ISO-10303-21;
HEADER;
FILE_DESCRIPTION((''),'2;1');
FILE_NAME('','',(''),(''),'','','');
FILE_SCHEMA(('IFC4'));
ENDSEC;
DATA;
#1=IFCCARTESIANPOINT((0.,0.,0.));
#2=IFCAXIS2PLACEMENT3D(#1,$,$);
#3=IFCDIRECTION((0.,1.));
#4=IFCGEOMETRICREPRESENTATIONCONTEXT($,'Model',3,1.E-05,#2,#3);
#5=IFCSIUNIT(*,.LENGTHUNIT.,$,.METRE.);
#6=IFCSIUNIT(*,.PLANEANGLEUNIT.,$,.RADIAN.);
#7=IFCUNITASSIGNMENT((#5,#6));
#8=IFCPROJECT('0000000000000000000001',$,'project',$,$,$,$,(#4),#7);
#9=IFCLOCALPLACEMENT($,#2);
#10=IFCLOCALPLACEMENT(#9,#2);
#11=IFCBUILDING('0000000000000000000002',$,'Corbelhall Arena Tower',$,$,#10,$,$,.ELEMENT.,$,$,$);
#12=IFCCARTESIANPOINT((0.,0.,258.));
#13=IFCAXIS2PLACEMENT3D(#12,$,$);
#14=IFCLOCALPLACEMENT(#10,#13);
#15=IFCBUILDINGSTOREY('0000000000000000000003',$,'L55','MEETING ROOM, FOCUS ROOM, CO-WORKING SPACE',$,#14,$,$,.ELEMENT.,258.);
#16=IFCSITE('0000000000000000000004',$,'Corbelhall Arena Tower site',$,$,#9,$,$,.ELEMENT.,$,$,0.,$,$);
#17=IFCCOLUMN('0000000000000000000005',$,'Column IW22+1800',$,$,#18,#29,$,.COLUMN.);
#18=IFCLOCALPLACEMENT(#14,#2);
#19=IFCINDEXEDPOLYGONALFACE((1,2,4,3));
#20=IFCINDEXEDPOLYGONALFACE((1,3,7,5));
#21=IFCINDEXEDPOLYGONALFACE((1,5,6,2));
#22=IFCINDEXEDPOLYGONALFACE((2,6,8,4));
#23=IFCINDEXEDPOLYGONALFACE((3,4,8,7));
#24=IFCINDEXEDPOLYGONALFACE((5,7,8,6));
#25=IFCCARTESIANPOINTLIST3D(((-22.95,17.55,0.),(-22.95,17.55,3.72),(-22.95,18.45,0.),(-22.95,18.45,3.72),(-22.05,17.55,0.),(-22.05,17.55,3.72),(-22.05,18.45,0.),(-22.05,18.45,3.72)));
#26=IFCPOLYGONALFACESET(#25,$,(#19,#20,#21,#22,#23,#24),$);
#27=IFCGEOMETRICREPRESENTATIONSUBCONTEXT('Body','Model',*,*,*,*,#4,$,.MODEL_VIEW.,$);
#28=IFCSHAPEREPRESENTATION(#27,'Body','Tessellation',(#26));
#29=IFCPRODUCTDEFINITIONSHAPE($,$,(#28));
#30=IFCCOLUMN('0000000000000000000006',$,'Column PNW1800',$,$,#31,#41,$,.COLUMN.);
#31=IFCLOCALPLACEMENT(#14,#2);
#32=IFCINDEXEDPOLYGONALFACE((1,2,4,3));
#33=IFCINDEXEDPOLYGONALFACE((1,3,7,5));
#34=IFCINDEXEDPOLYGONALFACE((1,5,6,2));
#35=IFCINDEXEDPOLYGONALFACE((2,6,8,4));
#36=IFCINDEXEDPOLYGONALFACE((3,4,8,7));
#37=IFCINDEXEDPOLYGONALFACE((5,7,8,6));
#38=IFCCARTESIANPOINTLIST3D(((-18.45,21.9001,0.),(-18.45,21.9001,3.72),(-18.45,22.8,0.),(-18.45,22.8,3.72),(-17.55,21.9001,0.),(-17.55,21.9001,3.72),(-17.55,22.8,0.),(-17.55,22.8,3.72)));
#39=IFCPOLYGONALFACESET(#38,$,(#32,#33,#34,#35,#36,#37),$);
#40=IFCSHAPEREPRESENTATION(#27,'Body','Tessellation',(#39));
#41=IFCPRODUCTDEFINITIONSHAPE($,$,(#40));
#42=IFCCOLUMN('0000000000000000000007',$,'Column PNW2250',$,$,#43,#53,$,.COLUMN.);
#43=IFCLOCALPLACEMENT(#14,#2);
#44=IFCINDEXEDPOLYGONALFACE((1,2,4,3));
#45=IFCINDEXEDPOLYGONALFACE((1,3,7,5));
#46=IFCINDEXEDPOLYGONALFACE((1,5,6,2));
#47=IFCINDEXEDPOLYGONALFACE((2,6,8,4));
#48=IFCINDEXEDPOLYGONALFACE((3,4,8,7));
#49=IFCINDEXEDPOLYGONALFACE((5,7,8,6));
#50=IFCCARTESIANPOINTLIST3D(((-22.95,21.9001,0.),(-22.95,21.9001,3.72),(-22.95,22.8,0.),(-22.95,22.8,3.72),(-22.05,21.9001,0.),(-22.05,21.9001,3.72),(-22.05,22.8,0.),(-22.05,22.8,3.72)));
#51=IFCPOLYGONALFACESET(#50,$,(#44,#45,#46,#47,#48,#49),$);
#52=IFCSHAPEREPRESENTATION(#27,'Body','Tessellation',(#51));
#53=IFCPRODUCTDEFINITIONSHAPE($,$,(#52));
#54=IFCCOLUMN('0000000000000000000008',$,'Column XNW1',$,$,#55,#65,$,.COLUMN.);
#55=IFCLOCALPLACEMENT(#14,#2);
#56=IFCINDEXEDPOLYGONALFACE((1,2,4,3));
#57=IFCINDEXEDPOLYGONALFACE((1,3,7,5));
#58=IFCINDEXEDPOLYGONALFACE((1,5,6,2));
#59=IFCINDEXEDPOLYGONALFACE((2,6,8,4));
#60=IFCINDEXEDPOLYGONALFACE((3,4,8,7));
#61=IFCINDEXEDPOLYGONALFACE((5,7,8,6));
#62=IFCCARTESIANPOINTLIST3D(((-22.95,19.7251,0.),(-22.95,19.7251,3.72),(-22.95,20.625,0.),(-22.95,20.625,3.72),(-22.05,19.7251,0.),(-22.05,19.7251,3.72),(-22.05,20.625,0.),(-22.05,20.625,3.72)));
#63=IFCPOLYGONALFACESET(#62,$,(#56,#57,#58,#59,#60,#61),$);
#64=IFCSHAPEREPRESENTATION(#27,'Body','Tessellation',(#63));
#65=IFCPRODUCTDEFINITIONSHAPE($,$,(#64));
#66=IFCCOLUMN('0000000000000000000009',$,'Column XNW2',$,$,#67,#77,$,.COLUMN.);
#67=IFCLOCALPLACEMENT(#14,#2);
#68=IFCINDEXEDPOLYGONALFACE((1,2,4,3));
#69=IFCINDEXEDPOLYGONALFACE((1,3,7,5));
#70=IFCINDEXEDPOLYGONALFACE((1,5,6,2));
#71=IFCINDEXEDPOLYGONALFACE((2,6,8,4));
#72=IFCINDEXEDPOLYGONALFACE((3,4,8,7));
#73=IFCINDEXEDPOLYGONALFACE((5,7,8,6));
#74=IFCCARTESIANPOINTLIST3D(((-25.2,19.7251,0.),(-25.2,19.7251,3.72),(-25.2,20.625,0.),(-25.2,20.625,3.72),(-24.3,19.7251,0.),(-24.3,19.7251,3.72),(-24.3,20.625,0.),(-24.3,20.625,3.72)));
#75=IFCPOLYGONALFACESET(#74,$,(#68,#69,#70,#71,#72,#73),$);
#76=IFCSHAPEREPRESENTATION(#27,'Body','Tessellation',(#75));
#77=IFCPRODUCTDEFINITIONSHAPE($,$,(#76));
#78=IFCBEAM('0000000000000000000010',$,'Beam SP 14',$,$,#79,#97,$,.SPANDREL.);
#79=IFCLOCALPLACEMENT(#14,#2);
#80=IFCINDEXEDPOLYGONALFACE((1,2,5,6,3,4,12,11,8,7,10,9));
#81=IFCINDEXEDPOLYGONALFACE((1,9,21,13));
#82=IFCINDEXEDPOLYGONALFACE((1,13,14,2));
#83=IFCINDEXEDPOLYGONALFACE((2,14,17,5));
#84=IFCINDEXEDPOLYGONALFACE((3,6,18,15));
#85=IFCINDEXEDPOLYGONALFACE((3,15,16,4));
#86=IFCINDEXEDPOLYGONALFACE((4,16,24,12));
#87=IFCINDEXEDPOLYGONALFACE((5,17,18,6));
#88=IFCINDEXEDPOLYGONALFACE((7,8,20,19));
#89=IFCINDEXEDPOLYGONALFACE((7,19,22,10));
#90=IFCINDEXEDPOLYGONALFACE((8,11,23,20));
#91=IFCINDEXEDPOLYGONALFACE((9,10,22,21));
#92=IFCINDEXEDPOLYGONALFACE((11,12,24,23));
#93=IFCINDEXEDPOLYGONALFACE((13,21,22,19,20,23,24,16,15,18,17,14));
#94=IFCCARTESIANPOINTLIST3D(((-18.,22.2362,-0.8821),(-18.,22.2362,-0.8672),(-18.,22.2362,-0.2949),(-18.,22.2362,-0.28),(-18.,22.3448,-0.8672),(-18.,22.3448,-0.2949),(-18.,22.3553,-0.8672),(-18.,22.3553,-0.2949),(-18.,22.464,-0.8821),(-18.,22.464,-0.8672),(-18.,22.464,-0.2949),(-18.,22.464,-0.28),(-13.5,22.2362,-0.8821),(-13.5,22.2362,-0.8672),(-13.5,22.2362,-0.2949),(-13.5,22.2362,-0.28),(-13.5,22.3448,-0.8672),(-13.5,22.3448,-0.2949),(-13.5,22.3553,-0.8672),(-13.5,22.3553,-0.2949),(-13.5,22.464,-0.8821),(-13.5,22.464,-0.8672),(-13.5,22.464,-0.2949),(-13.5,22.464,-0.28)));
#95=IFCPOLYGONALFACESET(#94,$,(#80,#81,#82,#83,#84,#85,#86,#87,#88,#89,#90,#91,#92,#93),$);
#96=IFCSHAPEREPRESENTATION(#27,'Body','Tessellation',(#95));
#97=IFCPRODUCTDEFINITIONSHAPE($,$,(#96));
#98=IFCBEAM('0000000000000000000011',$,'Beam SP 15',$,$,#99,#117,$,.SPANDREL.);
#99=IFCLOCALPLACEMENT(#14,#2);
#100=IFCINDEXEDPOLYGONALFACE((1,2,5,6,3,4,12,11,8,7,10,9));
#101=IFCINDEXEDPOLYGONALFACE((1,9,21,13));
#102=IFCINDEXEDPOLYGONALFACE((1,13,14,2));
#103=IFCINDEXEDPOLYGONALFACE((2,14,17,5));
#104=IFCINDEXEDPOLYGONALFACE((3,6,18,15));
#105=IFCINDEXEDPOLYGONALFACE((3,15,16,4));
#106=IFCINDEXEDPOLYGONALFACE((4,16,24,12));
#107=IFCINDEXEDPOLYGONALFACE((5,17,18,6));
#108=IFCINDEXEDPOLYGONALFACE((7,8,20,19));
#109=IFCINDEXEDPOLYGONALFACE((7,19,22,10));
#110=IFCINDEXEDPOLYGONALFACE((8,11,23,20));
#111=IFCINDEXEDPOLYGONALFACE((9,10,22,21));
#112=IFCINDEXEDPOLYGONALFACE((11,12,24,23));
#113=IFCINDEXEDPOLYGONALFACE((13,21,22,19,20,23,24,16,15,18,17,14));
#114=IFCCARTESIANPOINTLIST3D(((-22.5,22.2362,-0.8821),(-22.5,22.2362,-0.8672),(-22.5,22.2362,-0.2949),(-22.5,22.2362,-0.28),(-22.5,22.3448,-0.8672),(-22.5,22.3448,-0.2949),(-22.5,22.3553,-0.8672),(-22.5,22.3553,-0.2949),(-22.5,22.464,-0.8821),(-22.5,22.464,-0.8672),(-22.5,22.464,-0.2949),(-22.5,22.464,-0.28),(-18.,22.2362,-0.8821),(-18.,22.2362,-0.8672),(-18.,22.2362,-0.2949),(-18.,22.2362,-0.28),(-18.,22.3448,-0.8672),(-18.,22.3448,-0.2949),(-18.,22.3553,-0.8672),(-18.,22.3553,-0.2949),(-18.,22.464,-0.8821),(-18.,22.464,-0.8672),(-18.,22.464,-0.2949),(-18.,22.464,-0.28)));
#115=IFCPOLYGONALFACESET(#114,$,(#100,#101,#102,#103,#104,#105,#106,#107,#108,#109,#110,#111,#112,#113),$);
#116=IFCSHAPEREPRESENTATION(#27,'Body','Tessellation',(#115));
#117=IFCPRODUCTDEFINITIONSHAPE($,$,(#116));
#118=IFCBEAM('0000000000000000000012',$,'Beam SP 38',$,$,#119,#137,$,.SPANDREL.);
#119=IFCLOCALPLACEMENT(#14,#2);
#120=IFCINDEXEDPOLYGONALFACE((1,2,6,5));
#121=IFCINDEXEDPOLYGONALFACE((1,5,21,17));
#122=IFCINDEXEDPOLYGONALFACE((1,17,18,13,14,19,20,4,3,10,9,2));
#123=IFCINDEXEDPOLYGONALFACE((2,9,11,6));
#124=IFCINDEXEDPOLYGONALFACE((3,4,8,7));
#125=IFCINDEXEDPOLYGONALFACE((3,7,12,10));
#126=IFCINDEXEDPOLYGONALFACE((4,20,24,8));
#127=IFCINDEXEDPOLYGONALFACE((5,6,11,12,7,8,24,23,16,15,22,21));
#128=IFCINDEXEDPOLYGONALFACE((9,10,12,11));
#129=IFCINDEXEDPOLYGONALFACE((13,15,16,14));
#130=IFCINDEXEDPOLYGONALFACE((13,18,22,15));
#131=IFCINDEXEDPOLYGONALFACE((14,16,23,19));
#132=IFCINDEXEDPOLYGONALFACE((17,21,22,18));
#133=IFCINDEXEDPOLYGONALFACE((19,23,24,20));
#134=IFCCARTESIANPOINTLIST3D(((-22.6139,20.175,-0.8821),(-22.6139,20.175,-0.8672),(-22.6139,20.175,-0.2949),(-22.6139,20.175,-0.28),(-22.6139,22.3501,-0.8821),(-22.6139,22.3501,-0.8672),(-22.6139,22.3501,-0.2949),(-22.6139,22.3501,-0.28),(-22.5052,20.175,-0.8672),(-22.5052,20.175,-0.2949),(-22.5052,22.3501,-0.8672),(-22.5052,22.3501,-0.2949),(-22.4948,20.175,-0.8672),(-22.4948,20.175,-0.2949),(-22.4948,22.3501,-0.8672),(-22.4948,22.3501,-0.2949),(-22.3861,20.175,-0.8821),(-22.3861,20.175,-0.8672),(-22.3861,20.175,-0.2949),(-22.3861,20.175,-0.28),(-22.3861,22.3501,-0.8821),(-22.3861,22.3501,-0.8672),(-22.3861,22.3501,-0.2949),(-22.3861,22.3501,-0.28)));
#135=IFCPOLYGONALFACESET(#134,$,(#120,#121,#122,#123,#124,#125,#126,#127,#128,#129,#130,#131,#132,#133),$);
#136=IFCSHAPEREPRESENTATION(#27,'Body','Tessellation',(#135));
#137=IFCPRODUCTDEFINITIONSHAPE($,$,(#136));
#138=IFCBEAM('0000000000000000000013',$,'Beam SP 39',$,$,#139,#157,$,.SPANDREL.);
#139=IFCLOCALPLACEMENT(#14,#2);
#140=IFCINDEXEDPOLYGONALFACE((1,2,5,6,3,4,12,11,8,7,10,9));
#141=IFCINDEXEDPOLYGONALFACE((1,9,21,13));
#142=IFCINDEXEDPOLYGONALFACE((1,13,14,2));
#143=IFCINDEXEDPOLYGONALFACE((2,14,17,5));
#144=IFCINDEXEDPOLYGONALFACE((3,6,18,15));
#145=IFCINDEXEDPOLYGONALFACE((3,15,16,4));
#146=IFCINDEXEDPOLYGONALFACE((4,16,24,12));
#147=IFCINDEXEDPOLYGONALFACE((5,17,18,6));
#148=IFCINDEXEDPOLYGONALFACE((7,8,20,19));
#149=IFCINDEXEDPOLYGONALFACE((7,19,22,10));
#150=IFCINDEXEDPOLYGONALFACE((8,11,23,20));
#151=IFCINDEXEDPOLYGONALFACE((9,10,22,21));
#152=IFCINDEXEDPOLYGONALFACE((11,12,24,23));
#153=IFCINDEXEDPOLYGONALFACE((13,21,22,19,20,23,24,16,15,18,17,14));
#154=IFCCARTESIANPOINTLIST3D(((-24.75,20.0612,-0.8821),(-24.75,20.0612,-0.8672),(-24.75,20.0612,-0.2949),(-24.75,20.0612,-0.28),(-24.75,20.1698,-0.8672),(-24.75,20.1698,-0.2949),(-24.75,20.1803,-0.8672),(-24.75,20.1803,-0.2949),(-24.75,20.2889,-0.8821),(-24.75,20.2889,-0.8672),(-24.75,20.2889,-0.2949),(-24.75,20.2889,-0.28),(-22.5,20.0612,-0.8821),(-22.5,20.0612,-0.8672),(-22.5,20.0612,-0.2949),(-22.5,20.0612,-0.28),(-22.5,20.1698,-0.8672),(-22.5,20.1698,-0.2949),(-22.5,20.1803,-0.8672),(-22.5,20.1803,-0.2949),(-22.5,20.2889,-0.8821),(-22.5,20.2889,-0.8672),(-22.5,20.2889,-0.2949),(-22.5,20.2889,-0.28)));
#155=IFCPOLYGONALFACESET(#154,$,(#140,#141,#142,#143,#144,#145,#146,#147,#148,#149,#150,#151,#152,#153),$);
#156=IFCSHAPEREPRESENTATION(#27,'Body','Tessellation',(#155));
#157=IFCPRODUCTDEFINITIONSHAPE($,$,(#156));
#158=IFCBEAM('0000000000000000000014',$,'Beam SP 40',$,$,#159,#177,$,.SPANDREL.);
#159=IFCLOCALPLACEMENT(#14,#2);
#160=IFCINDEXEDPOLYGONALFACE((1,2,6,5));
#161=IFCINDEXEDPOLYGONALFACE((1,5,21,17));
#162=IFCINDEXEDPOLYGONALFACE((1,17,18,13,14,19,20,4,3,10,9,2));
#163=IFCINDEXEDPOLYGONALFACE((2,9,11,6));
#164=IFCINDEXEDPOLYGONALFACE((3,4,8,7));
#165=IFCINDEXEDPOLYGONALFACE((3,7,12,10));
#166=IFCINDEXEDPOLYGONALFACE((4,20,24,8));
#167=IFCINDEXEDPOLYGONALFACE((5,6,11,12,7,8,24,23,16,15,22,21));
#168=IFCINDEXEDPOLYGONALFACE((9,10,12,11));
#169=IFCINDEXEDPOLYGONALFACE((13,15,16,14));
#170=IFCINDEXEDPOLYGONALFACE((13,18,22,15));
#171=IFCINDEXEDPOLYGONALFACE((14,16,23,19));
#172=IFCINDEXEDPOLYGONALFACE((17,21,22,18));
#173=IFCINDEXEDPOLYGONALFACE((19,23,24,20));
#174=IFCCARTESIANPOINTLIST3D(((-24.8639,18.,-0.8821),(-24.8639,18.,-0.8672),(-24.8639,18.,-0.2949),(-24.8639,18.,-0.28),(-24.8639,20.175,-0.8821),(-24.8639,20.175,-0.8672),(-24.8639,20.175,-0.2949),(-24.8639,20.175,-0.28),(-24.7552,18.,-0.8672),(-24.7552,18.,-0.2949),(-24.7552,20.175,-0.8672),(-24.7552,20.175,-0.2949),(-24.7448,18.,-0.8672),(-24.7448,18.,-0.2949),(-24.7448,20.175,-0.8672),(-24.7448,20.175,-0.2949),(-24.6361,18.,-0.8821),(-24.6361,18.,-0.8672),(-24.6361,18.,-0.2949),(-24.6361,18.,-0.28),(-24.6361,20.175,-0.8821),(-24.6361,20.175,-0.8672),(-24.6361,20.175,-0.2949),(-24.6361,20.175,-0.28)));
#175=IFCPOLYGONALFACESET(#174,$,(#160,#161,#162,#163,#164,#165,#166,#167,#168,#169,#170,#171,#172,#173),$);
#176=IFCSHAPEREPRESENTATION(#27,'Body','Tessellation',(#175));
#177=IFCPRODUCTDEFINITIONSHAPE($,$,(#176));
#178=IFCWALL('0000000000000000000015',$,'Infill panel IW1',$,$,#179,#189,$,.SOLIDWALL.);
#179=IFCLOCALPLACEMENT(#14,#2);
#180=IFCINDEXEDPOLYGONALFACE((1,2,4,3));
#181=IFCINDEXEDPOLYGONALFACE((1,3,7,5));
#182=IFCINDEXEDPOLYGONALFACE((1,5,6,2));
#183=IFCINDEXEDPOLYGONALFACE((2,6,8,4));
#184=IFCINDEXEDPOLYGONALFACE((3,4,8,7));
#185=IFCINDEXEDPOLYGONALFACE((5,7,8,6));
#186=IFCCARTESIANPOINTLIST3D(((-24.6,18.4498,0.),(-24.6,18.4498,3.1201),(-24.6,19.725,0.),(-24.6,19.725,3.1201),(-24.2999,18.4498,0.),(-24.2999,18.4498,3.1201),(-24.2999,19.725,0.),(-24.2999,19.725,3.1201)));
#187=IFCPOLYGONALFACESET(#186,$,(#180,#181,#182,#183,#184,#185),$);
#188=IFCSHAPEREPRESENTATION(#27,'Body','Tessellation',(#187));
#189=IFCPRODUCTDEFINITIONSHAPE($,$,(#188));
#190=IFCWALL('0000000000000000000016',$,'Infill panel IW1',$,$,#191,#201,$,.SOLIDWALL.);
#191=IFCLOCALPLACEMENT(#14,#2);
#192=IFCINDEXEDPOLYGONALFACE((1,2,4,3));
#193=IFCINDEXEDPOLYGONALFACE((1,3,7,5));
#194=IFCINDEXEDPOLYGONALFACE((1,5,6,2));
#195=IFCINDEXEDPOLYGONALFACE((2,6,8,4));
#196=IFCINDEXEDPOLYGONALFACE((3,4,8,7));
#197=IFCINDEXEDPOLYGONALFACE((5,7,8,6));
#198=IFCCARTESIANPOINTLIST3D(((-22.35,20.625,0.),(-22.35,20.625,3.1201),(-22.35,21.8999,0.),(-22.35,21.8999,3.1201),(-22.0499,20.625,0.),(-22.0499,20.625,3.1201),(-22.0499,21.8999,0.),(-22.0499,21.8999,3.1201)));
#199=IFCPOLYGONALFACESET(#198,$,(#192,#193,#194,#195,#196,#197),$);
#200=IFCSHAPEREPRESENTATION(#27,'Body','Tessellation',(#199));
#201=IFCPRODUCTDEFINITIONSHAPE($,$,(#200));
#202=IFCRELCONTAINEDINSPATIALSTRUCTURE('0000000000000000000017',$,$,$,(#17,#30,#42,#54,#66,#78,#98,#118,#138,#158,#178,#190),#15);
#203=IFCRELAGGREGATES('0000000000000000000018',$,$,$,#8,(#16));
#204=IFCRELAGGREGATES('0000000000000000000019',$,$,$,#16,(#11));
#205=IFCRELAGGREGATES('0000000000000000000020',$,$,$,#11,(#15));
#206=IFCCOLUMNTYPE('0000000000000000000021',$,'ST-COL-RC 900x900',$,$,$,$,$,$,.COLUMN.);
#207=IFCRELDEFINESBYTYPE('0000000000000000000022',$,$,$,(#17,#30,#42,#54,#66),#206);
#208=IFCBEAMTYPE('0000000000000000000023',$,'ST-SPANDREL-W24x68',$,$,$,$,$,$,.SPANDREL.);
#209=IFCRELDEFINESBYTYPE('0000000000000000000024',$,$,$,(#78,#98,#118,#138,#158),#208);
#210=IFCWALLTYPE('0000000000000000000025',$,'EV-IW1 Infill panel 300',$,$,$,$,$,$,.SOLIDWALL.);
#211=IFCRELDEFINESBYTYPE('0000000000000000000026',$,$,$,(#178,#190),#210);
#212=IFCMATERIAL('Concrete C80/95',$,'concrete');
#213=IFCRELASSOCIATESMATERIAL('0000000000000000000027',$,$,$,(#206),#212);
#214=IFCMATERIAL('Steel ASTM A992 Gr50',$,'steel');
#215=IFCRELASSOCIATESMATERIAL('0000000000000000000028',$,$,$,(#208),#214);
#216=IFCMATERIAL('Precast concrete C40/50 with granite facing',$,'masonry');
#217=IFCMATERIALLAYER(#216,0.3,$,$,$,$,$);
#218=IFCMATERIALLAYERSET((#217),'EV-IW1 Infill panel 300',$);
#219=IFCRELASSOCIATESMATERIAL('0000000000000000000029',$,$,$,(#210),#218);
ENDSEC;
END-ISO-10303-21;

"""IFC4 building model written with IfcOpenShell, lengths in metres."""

from ifc_helpers import new_model, si_unit, direction, frame, frame_2d, origin, origin_2d, place, context, subcontext, project, spatial, rectangle, i_section, extrude, material, layer, layer_set, material_profile, profile_set, type_object, element, save


model = new_model("IFC4")

# Units and contexts
model_context = context("Model", 3, precision=1e-05, world=origin(), true_north=direction((0.0, 1.0)))
body_context = subcontext(model_context, "Body", "Model", "MODEL_VIEW")
ifc_project = project(units=[si_unit("LENGTHUNIT", "METRE"), si_unit("PLANEANGLEUNIT", "RADIAN")], contexts=[model_context])

# Site, building, storey
site_placement = place(None, origin())
site = spatial("IfcSite", under=ifc_project, at=site_placement, Name="Corbelhall Arena Tower site", CompositionType="ELEMENT", RefElevation=0.0)
building_placement = place(site_placement, origin())
building = spatial("IfcBuilding", under=site, at=building_placement, Name="Corbelhall Arena Tower", CompositionType="ELEMENT")
storey_placement = place(building_placement, frame((0.0, 0.0, 258.0)))
storey = spatial("IfcBuildingStorey", under=building, at=storey_placement, Name="L55", Description="MEETING ROOM, FOCUS ROOM, CO-WORKING SPACE", CompositionType="ELEMENT", Elevation=258.0)

# Columns
ifc_material_1 = material(Name="Concrete C80/95", Category="concrete")
ifc_material_profile_1 = material_profile(ifc_material_1, rectangle(XDim=0.8999, YDim=0.8999, at=origin_2d()))
ifc_profile_set_1 = profile_set([ifc_material_profile_1], Name="Concrete C80/95")
column_type = type_object("IfcColumnType", Name="ST-COL-RC 900x900", PredefinedType="COLUMN", material=ifc_profile_set_1)
for number, where, z_axis, x_axis, name in (
    (1, (-22.5, 18.0, 0.0), (0.0, 0.0, 1.0), (1.0, 0.0, 0.0), "Column IW22+1800"),
    (2, (-18.0, 22.3501, 0.0), (0.0, 0.0, 1.0), (1.0, 0.0, 0.0), "Column PNW1800"),
    (3, (-22.5, 22.3501, 0.0), (0.0, 0.0, 1.0), (1.0, 0.0, 0.0), "Column PNW2250"),
    (4, (-22.5, 20.175, 0.0), (0.0, 0.0, 1.0), (1.0, 0.0, 0.0), "Column XNW1"),
    (5, (-24.75, 20.175, 0.0), (0.0, 0.0, 1.0), (1.0, 0.0, 0.0), "Column XNW2"),
):
    element("IfcColumn", number, at=place(storey_placement, frame(where, z_axis=z_axis, x_axis=x_axis)), inside=storey, type_object=column_type, Name=name, PredefinedType="COLUMN", context=body_context, shape_type="SweptSolid", body=[
        extrude(rectangle(XDim=0.8999, YDim=0.8999, at=origin_2d()), origin(), (0.0, 0.0, 1.0), 3.72),
    ])

# Beams
ifc_material_2 = material(Name="Steel ASTM A992 Gr50", Category="steel")
ifc_material_profile_2 = material_profile(ifc_material_2, i_section(OverallWidth=0.2278, OverallDepth=0.6021, WebThickness=0.0105, FlangeThickness=0.0149, at=origin_2d()))
ifc_profile_set_2 = profile_set([ifc_material_profile_2], Name="Steel ASTM A992 Gr50")
beam_type = type_object("IfcBeamType", Name="ST-SPANDREL-W24x68", PredefinedType="SPANDREL", material=ifc_profile_set_2)
for number, where, z_axis, x_axis, name in (
    (6, (-18.0, 22.3501, -0.5811), (1.0, 0.0, 0.0), (0.0, 1.0, 0.0), "Beam SP 14"),
    (7, (-22.5, 22.3501, -0.5811), (1.0, 0.0, 0.0), (0.0, 1.0, 0.0), "Beam SP 15"),
):
    element("IfcBeam", number, at=place(storey_placement, frame(where, z_axis=z_axis, x_axis=x_axis)), inside=storey, type_object=beam_type, Name=name, PredefinedType="SPANDREL", context=body_context, shape_type="SweptSolid", body=[
        extrude(i_section(OverallWidth=0.2278, OverallDepth=0.6021, WebThickness=0.0105, FlangeThickness=0.0149, at=origin_2d()), origin(), (0.0, 0.0, 1.0), 4.5),
    ])
beam_1_placement = place(storey_placement, frame((-22.5, 20.175, -0.5811), z_axis=(0.0, 1.0, 0.0), x_axis=(-1.0, 0.0, 0.0)))
element("IfcBeam", 8, at=beam_1_placement, inside=storey, type_object=beam_type, Name="Beam SP 38", PredefinedType="SPANDREL", context=body_context, shape_type="SweptSolid", body=[
    extrude(i_section(OverallWidth=0.2278, OverallDepth=0.6021, WebThickness=0.0105, FlangeThickness=0.0149, at=origin_2d()), origin(), (0.0, 0.0, 1.0), 2.175),
])
beam_2_placement = place(storey_placement, frame((-24.75, 20.175, -0.5811), z_axis=(1.0, 0.0, 0.0), x_axis=(0.0, 1.0, 0.0)))
element("IfcBeam", 9, at=beam_2_placement, inside=storey, type_object=beam_type, Name="Beam SP 39", PredefinedType="SPANDREL", context=body_context, shape_type="SweptSolid", body=[
    extrude(i_section(OverallWidth=0.2278, OverallDepth=0.6021, WebThickness=0.0105, FlangeThickness=0.0149, at=origin_2d()), origin(), (0.0, 0.0, 1.0), 2.25),
])
beam_3_placement = place(storey_placement, frame((-24.75, 18.0, -0.5811), z_axis=(0.0, 1.0, 0.0), x_axis=(-1.0, 0.0, 0.0)))
element("IfcBeam", 10, at=beam_3_placement, inside=storey, type_object=beam_type, Name="Beam SP 40", PredefinedType="SPANDREL", context=body_context, shape_type="SweptSolid", body=[
    extrude(i_section(OverallWidth=0.2278, OverallDepth=0.6021, WebThickness=0.0105, FlangeThickness=0.0149, at=origin_2d()), origin(), (0.0, 0.0, 1.0), 2.175),
])

# Wall
ifc_material_3 = material(Name="Precast concrete C40/50 with granite facing", Category="masonry")
ifc_layer_1 = layer(ifc_material_3, 0.3)
ifc_layer_set_1 = layer_set([ifc_layer_1], Name="EV-IW1 Infill panel 300")
wall_type_1 = type_object("IfcWallType", Name="EV-IW1 Infill panel 300", PredefinedType="SOLIDWALL", material=ifc_layer_set_1)
wall_1_placement = place(storey_placement, frame((-24.45, 19.7251, 0.0), z_axis=(0.0, 0.0, 1.0), x_axis=(0.0, -1.0, 0.0)))
element("IfcWall", 11, at=wall_1_placement, inside=storey, type_object=wall_type_1, Name="Infill panel IW1", PredefinedType="SOLIDWALL", context=body_context, shape_type="SweptSolid", body=[
    extrude(rectangle(XDim=1.2751, YDim=0.3, at=frame_2d((0.6377, 0.0))), origin(), (0.0, 0.0, 1.0), 3.1201),
])

# Wall
wall_2_placement = place(storey_placement, frame((-22.2, 21.8999, 0.0), z_axis=(0.0, 0.0, 1.0), x_axis=(0.0, -1.0, 0.0)))
element("IfcWall", 12, at=wall_2_placement, inside=storey, type_object=wall_type_1, Name="Infill panel IW1", PredefinedType="SOLIDWALL", context=body_context, shape_type="SweptSolid", body=[
    extrude(rectangle(XDim=1.2749, YDim=0.3, at=frame_2d((0.6375, 0.0))), origin(), (0.0, 0.0, 1.0), 3.1201),
])

save(model, "model.ifc")
